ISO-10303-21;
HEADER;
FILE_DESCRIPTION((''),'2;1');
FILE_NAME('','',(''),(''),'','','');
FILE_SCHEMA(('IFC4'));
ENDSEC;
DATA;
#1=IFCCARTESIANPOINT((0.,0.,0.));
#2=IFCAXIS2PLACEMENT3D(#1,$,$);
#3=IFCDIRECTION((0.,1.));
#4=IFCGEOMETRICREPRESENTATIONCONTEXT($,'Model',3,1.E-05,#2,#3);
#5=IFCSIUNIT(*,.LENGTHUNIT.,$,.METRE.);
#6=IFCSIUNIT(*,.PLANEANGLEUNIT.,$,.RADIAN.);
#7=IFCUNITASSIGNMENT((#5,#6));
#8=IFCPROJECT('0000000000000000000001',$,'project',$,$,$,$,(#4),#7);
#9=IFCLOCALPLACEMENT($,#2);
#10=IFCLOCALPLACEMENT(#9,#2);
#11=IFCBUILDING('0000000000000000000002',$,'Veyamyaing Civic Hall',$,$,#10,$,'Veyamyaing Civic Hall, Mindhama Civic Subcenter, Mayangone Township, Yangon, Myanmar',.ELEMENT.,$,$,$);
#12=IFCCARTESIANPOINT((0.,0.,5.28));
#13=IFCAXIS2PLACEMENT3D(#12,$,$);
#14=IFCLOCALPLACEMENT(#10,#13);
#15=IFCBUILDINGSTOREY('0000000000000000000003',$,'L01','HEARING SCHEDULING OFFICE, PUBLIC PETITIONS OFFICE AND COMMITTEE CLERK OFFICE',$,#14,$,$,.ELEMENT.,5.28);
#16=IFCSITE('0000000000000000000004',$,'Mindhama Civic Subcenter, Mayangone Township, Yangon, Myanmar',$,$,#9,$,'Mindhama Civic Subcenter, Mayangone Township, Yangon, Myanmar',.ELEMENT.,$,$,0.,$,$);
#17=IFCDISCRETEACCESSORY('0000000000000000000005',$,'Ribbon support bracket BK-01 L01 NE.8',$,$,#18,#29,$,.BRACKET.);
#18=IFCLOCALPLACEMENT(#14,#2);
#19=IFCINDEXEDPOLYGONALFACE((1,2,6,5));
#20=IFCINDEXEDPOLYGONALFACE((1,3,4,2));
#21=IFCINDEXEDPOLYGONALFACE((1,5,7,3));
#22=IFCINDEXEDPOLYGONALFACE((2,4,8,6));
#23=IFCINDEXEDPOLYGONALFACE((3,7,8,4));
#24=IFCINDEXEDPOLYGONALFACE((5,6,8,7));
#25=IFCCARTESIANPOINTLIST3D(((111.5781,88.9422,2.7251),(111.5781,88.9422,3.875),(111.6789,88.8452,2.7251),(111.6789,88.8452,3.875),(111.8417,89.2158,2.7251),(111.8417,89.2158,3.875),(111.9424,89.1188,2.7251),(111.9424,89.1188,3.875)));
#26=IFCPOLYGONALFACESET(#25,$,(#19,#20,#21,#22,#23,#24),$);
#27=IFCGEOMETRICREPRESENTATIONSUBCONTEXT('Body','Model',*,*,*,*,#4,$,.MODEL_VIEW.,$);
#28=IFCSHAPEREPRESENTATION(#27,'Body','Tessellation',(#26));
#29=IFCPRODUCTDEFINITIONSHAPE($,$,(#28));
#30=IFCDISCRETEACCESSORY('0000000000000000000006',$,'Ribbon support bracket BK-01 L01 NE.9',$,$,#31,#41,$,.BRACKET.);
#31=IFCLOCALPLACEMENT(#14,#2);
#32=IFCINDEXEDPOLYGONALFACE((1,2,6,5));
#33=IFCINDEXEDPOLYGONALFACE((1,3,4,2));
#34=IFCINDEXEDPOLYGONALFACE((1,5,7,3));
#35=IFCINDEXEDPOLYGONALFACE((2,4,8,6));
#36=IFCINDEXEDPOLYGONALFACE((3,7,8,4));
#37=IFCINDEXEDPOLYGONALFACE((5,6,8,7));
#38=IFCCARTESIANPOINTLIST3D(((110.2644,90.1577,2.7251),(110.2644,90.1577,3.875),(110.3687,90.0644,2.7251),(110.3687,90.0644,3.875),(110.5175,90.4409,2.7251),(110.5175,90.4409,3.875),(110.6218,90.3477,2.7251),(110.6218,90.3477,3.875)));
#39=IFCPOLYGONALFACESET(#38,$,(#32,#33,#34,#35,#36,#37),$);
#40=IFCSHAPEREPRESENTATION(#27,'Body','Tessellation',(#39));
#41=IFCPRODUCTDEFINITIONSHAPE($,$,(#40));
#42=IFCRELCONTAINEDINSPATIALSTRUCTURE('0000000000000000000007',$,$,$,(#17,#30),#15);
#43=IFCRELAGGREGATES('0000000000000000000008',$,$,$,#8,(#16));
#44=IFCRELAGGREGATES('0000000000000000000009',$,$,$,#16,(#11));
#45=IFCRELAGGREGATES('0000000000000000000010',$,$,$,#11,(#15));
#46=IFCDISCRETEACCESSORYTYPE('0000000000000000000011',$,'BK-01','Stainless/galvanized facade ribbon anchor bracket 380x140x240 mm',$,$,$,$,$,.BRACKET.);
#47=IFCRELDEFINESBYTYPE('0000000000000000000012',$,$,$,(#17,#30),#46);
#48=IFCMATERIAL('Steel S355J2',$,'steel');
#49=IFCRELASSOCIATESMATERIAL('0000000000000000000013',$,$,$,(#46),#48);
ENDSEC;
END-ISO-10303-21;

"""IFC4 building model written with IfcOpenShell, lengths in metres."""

from ifc_helpers import new_model, si_unit, direction, frame, origin, origin_2d, place, context, subcontext, project, spatial, rectangle, extrude, material, type_object, element, save


model = new_model("IFC4")

# Units and contexts
model_context = context("Model", 3, precision=1e-05, world=origin(), true_north=direction((0.0, 1.0)))
body_context = subcontext(model_context, "Body", "Model", "MODEL_VIEW")
ifc_project = project(units=[si_unit("LENGTHUNIT", "METRE"), si_unit("PLANEANGLEUNIT", "RADIAN")], contexts=[model_context])

# Site, building, storey
site_placement = place(None, origin())
site = spatial("IfcSite", under=ifc_project, at=site_placement, Name="Mindhama Civic Subcenter, Mayangone Township, Yangon, Myanmar", LongName="Mindhama Civic Subcenter, Mayangone Township, Yangon, Myanmar", CompositionType="ELEMENT", RefElevation=0.0)
building_placement = place(site_placement, origin())
building = spatial("IfcBuilding", under=site, at=building_placement, Name="Veyamyaing Civic Hall", LongName="Veyamyaing Civic Hall, Mindhama Civic Subcenter, Mayangone Township, Yangon, Myanmar", CompositionType="ELEMENT")
storey_placement = place(building_placement, frame((0.0, 0.0, 5.28)))
storey = spatial("IfcBuildingStorey", under=building, at=storey_placement, Name="L01", Description="HEARING SCHEDULING OFFICE, PUBLIC PETITIONS OFFICE AND COMMITTEE CLERK OFFICE", CompositionType="ELEMENT", Elevation=5.28)

# Discrete accessories
ifc_material_1 = material(Name="Steel S355J2", Category="steel")
discrete_accessory_type = type_object("IfcDiscreteAccessoryType", Name="BK-01", Description="Stainless/galvanized facade ribbon anchor bracket 380x140x240 mm", PredefinedType="BRACKET", material=ifc_material_1)
for number, where, z_axis, x_axis, name in (
    (1, (111.7603, 89.0305, 2.7251), (0.0, 0.0, 1.0), (0.693761, 0.720205, 0.0), "Ribbon support bracket BK-01 L01 NE.8"),
    (2, (110.4431, 90.2527, 2.7251), (0.0, 0.0, 1.0), (0.666347, 0.745642, 0.0), "Ribbon support bracket BK-01 L01 NE.9"),
):
    element("IfcDiscreteAccessory", number, at=place(storey_placement, frame(where, z_axis=z_axis, x_axis=x_axis)), inside=storey, type_object=discrete_accessory_type, Name=name, PredefinedType="BRACKET", context=body_context, shape_type="SweptSolid", body=[
        extrude(rectangle(XDim=0.3799, YDim=0.1399, at=origin_2d()), origin(), (0.0, 0.0, 1.0), 1.1499),
    ])

save(model, "model.ifc")
